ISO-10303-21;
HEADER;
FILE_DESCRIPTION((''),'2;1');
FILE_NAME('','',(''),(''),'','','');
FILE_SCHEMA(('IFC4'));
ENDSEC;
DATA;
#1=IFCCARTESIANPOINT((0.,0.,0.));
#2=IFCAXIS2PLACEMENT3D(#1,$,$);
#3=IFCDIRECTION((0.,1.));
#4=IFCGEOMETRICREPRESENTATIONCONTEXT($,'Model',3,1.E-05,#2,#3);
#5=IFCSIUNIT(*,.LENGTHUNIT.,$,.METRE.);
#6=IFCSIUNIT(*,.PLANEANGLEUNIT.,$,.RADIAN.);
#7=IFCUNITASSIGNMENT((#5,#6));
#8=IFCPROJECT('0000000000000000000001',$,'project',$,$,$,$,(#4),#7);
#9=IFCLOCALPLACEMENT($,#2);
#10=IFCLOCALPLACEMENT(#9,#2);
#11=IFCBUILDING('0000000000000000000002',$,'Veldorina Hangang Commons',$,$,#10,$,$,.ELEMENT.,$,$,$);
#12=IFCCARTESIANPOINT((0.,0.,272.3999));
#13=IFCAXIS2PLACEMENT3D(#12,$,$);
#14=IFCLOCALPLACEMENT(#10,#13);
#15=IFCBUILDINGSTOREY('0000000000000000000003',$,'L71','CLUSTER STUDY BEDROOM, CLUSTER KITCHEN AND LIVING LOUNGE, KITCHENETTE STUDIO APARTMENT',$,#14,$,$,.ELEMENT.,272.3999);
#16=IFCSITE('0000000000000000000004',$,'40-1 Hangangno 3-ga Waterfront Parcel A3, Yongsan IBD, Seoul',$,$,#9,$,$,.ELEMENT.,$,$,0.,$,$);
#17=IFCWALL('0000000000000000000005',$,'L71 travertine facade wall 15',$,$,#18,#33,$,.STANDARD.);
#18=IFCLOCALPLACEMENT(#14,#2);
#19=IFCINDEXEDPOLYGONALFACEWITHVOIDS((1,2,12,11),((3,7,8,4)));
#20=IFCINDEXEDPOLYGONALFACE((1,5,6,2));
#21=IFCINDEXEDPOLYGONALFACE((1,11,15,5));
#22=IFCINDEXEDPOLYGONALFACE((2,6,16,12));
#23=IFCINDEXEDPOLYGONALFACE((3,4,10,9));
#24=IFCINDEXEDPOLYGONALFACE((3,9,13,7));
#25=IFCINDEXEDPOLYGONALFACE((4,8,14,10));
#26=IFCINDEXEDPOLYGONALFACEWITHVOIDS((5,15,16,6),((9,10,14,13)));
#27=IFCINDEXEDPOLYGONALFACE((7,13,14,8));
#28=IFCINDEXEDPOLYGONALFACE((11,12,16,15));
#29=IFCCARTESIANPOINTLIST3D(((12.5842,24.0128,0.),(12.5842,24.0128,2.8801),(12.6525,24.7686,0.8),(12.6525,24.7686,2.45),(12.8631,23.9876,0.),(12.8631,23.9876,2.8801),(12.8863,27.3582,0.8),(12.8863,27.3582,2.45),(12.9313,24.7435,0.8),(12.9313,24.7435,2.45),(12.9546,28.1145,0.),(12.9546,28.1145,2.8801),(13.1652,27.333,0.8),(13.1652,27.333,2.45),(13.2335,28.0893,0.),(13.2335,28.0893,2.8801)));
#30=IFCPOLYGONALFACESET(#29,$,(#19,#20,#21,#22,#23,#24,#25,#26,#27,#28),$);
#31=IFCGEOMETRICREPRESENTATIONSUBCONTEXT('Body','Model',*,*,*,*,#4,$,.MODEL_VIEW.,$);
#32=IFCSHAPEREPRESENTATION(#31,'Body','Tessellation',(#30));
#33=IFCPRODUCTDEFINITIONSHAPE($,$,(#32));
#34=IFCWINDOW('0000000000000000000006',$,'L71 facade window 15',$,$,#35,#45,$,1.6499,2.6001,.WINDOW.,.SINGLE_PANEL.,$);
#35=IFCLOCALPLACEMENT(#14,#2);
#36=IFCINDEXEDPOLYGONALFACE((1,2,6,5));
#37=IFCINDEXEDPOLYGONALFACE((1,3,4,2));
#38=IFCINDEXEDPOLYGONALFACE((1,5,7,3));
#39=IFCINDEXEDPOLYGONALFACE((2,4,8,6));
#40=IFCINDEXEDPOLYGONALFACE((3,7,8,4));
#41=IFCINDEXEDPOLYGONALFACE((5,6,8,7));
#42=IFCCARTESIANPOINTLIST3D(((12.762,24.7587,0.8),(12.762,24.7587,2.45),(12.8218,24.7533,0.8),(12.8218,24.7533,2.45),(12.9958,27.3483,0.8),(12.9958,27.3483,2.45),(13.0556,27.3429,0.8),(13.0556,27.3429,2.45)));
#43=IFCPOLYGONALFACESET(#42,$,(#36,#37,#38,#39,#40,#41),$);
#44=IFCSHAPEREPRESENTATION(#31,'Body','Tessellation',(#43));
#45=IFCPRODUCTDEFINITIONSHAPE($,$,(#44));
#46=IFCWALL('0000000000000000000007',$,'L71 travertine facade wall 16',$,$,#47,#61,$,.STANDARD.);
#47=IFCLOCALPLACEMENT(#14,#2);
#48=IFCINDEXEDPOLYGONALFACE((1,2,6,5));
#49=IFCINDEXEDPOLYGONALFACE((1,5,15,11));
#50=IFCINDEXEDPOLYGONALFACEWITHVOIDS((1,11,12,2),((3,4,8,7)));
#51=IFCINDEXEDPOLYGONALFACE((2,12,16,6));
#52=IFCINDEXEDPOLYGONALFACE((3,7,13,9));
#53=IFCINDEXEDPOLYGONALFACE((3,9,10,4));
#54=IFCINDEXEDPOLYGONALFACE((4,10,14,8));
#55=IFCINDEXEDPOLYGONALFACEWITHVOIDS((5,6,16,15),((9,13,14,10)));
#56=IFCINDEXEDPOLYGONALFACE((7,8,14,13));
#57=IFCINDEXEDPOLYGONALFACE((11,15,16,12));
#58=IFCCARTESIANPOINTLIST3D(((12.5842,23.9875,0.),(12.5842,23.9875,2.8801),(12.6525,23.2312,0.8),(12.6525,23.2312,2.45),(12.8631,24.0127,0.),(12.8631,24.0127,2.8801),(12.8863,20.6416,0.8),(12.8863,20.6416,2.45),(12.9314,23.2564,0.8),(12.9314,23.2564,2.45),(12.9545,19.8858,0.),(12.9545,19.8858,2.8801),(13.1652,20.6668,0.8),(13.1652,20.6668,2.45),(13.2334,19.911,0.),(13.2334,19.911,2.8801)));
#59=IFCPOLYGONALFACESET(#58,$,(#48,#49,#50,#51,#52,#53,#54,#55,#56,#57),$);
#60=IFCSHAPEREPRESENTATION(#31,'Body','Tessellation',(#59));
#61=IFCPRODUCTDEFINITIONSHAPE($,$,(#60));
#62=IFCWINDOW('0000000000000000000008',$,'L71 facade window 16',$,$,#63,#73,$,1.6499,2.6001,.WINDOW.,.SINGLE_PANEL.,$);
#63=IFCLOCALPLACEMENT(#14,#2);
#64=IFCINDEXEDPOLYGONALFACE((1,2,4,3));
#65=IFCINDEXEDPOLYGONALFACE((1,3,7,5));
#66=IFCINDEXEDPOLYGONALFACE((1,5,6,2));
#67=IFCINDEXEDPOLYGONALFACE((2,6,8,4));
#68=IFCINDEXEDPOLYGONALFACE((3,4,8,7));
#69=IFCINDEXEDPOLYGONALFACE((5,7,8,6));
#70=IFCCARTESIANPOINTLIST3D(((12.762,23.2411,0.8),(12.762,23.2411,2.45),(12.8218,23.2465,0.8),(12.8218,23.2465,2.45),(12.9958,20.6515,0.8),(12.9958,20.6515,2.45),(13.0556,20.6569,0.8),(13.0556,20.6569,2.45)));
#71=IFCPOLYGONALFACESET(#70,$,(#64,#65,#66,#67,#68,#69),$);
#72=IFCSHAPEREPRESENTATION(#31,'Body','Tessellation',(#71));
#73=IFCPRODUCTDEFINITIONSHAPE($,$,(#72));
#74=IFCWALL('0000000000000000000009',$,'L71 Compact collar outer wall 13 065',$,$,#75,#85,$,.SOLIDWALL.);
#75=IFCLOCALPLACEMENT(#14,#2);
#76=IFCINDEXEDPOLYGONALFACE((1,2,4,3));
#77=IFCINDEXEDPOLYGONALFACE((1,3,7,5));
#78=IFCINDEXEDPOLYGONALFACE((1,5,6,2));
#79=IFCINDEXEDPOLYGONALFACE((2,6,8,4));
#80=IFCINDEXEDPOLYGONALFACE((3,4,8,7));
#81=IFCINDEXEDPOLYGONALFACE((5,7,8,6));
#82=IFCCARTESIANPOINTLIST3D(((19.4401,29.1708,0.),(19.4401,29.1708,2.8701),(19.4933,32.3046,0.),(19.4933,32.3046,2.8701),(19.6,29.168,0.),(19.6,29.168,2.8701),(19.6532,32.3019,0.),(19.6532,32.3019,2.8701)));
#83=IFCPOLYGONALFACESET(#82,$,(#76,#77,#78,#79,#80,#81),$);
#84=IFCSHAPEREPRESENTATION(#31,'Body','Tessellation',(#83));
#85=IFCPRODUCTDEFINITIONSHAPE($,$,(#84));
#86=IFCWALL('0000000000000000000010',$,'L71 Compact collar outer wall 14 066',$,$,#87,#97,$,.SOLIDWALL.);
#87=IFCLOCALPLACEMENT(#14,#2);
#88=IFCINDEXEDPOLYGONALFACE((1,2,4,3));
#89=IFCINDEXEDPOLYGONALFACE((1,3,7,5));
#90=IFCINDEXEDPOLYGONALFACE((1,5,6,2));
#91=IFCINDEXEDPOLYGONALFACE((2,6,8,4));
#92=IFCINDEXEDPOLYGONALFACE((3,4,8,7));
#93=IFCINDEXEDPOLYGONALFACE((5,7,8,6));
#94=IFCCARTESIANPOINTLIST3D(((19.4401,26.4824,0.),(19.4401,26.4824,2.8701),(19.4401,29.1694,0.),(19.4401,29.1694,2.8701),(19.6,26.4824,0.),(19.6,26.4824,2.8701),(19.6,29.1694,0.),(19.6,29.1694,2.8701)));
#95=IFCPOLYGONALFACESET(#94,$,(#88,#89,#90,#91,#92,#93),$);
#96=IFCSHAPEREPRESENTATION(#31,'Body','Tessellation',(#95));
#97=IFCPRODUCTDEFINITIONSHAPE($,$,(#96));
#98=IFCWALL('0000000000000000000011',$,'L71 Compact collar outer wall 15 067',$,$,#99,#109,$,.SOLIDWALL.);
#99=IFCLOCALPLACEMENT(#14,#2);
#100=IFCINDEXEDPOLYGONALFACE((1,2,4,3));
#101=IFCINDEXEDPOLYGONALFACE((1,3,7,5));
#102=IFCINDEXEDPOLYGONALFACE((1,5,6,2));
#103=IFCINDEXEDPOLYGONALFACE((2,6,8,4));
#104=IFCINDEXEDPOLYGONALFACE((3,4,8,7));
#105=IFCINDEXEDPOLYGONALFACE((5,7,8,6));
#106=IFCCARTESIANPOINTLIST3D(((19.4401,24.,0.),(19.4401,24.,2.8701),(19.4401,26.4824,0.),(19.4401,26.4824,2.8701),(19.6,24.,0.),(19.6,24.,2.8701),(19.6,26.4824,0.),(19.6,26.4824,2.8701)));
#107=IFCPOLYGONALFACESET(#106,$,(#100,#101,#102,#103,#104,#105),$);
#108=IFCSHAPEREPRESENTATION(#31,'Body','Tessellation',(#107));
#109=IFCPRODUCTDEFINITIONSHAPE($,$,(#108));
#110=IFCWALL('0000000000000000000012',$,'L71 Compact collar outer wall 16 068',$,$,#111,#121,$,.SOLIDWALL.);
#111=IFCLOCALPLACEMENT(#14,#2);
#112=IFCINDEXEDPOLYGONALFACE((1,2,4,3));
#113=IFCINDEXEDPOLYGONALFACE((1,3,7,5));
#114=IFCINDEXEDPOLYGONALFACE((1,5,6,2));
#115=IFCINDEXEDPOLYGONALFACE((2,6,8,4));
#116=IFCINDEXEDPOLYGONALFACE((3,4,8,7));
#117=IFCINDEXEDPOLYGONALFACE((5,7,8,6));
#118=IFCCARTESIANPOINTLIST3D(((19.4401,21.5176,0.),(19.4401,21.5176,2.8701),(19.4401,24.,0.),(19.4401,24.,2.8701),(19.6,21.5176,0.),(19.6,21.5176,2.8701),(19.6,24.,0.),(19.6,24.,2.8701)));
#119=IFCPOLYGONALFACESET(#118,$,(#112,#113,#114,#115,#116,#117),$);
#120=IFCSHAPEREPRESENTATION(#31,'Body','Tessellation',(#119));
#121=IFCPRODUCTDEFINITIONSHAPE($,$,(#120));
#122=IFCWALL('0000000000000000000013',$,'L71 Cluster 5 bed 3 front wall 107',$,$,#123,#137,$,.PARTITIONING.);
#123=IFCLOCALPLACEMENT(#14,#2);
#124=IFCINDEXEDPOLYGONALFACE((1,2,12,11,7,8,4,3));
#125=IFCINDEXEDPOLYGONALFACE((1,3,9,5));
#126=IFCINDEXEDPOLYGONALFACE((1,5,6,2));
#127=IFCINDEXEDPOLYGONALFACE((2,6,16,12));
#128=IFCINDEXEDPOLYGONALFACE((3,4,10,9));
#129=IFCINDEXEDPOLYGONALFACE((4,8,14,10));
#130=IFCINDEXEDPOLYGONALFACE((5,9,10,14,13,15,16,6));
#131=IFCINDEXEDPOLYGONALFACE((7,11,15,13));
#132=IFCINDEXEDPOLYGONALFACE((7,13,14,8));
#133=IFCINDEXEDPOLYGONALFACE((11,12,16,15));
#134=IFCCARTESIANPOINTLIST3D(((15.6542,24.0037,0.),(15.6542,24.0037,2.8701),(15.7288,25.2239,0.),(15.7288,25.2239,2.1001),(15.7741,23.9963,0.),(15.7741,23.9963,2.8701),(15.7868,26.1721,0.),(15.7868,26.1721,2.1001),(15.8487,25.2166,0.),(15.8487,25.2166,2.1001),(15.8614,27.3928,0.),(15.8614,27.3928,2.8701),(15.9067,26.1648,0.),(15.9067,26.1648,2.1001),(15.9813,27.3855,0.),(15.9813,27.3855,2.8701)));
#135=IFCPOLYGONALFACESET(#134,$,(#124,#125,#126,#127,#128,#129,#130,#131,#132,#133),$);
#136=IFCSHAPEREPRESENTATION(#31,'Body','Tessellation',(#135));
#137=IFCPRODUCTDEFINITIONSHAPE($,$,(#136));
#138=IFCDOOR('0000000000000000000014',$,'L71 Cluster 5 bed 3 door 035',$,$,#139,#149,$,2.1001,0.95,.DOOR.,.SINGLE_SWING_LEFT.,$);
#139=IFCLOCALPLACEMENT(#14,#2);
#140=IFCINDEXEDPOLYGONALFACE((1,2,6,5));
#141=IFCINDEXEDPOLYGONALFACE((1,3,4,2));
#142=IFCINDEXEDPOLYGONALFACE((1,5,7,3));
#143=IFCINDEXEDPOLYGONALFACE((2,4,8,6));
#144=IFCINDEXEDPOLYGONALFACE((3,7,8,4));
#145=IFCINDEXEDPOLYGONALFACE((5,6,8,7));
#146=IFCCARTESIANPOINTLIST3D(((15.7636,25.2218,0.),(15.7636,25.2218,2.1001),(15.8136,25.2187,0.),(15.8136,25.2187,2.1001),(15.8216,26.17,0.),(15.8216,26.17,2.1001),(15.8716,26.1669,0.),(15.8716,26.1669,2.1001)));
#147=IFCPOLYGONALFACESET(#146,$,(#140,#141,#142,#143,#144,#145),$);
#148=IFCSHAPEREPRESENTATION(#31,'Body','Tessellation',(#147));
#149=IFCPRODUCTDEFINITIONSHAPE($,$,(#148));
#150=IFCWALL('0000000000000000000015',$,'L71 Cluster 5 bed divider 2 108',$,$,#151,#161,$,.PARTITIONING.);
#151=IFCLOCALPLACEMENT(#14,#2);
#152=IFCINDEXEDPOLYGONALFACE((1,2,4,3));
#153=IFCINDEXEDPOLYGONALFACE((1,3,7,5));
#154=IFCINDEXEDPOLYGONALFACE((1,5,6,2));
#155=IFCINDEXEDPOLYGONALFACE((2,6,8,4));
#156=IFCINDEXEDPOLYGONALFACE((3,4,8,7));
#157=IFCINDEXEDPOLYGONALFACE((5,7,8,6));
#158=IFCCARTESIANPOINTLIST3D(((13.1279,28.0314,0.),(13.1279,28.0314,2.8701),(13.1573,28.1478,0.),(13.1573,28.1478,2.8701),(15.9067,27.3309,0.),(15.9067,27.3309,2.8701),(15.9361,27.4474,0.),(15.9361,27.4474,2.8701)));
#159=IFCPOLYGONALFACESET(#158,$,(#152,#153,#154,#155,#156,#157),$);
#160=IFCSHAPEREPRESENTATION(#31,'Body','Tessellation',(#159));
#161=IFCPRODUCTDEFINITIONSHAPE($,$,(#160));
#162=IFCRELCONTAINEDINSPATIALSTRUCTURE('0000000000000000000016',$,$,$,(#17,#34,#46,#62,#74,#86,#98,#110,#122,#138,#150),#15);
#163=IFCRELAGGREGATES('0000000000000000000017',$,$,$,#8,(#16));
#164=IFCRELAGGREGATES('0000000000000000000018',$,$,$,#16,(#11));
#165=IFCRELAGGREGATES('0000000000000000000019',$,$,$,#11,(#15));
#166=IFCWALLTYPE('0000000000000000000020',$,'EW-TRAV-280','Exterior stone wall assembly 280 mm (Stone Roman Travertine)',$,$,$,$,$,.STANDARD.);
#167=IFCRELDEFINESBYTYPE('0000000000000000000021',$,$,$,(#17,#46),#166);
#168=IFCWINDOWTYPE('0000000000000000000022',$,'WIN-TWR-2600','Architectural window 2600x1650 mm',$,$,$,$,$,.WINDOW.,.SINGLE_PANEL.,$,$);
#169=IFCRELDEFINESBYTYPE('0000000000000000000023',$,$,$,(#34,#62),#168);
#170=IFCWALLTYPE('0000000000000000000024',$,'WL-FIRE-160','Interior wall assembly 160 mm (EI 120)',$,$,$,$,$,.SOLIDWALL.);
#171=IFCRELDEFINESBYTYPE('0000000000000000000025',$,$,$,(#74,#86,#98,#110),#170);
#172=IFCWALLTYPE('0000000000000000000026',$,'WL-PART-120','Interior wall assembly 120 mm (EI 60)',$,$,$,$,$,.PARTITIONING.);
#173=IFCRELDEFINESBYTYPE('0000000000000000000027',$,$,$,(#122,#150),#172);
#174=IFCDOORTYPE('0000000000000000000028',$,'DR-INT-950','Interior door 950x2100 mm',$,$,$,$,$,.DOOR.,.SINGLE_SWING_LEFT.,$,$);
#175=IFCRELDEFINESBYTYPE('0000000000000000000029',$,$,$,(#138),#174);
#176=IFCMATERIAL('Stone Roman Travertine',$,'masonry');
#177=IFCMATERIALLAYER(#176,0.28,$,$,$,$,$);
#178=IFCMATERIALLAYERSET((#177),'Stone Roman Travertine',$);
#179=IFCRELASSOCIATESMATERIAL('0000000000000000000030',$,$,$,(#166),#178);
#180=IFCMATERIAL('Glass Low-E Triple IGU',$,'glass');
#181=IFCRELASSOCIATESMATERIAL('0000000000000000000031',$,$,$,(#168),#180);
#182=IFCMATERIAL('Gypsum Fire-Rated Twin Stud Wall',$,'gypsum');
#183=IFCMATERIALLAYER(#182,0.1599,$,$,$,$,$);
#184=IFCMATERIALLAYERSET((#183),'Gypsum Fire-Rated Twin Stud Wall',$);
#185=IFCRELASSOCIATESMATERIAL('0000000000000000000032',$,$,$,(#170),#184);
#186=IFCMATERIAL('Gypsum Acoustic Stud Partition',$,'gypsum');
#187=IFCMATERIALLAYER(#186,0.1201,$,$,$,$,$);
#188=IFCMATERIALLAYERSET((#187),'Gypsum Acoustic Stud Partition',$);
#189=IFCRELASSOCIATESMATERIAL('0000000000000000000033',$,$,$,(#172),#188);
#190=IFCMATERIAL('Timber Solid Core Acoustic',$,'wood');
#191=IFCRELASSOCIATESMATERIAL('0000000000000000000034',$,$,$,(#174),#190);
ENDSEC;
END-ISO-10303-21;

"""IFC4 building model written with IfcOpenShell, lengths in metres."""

from ifc_helpers import new_model, si_unit, direction, frame, frame_2d, origin, place, context, subcontext, project, spatial, rectangle, extrude, material, layer, layer_set, type_object, element, fill, save


model = new_model("IFC4")

# Units and contexts
model_context = context("Model", 3, precision=1e-05, world=origin(), true_north=direction((0.0, 1.0)))
body_context = subcontext(model_context, "Body", "Model", "MODEL_VIEW")
ifc_project = project(units=[si_unit("LENGTHUNIT", "METRE"), si_unit("PLANEANGLEUNIT", "RADIAN")], contexts=[model_context])

# Site, building, storey
site_placement = place(None, origin())
site = spatial("IfcSite", under=ifc_project, at=site_placement, Name="40-1 Hangangno 3-ga Waterfront Parcel A3, Yongsan IBD, Seoul", CompositionType="ELEMENT", RefElevation=0.0)
building_placement = place(site_placement, origin())
building = spatial("IfcBuilding", under=site, at=building_placement, Name="Veldorina Hangang Commons", CompositionType="ELEMENT")
storey_placement = place(building_placement, frame((0.0, 0.0, 272.3999)))
storey = spatial("IfcBuildingStorey", under=building, at=storey_placement, Name="L71", Description="CLUSTER STUDY BEDROOM, CLUSTER KITCHEN AND LIVING LOUNGE, KITCHENETTE STUDIO APARTMENT", CompositionType="ELEMENT", Elevation=272.3999)

# Walls, openings, windows
ifc_material_1 = material(Name="Stone Roman Travertine", Category="masonry")
ifc_layer_1 = layer(ifc_material_1, 0.28)
ifc_layer_set_1 = layer_set([ifc_layer_1], Name="Stone Roman Travertine")
wall_type_1 = type_object("IfcWallType", Name="EW-TRAV-280", Description="Exterior stone wall assembly 280 mm (Stone Roman Travertine)", PredefinedType="STANDARD", material=ifc_layer_set_1)
ifc_material_2 = material(Name="Glass Low-E Triple IGU", Category="glass")
window_type = type_object("IfcWindowType", Name="WIN-TWR-2600", Description="Architectural window 2600x1650 mm", PartitioningType="SINGLE_PANEL", PredefinedType="WINDOW", material=ifc_material_2)
wall_1_placement = place(storey_placement, frame((13.094, 28.1018, 0.0), z_axis=(0.0, 0.0, 1.0), x_axis=(-0.089926, -0.995948, 0.0)))
wall_1 = element("IfcWall", 1, at=wall_1_placement, inside=storey, type_object=wall_type_1, Name="L71 travertine facade wall 15", PredefinedType="STANDARD", context=body_context, shape_type="SweptSolid", body=[
    extrude(rectangle(XDim=4.1184, YDim=0.28, at=frame_2d((2.0591, 0.0))), origin(), (0.0, 0.0, 1.0), 2.8801),
])
opening_1_placement = place(wall_1_placement, frame((0.7593, 0.0, 0.8)))
opening_1 = element("IfcOpeningElement", 2, at=opening_1_placement, cuts=wall_1, PredefinedType="OPENING", context=body_context, shape_type="SweptSolid", body=[
    extrude(rectangle(XDim=2.6001, YDim=1.6499, at=frame_2d((1.3, 0.825))), frame((0.0, 0.1499, 0.0), z_axis=(0.0, -1.0, 0.0), x_axis=(1.0, 0.0, 0.0)), (0.0, 0.0, 1.0), 0.3),
])
window_1_placement = place(opening_1_placement, origin())
window_1 = element("IfcWindow", 3, at=window_1_placement, inside=storey, type_object=window_type, Name="L71 facade window 15", OverallHeight=1.6499, OverallWidth=2.6001, PartitioningType="SINGLE_PANEL", PredefinedType="WINDOW", context=body_context, shape_type="SweptSolid", body=[
    extrude(rectangle(XDim=2.6001, YDim=1.6499, at=frame_2d((1.3, 0.825))), frame((0.0, 0.03, 0.0), z_axis=(0.0, -1.0, 0.0), x_axis=(1.0, 0.0, 0.0)), (0.0, 0.0, 1.0), 0.0601),
])
fill(opening_1, window_1)
wall_2_placement = place(storey_placement, frame((12.7236, 24.0, 0.0), z_axis=(0.0, 0.0, 1.0), x_axis=(0.089926, -0.995948, 0.0)))
wall_2 = element("IfcWall", 4, at=wall_2_placement, inside=storey, type_object=wall_type_1, Name="L71 travertine facade wall 16", PredefinedType="STANDARD", context=body_context, shape_type="SweptSolid", body=[
    extrude(rectangle(XDim=4.1184, YDim=0.28, at=frame_2d((2.0591, 0.0))), origin(), (0.0, 0.0, 1.0), 2.8801),
])
opening_2_placement = place(wall_2_placement, frame((0.7593, 0.0, 0.8)))
opening_2 = element("IfcOpeningElement", 5, at=opening_2_placement, cuts=wall_2, PredefinedType="OPENING", context=body_context, shape_type="SweptSolid", body=[
    extrude(rectangle(XDim=2.6001, YDim=1.6499, at=frame_2d((1.3, 0.825))), frame((0.0, 0.1499, 0.0), z_axis=(0.0, -1.0, 0.0), x_axis=(1.0, 0.0, 0.0)), (0.0, 0.0, 1.0), 0.3),
])
window_2_placement = place(opening_2_placement, origin())
window_2 = element("IfcWindow", 6, at=window_2_placement, inside=storey, type_object=window_type, Name="L71 facade window 16", OverallHeight=1.6499, OverallWidth=2.6001, PartitioningType="SINGLE_PANEL", PredefinedType="WINDOW", context=body_context, shape_type="SweptSolid", body=[
    extrude(rectangle(XDim=2.6001, YDim=1.6499, at=frame_2d((1.3, 0.825))), frame((0.0, 0.03, 0.0), z_axis=(0.0, -1.0, 0.0), x_axis=(1.0, 0.0, 0.0)), (0.0, 0.0, 1.0), 0.0601),
])
fill(opening_2, window_2)

# Walls
ifc_material_3 = material(Name="Gypsum Fire-Rated Twin Stud Wall", Category="gypsum")
ifc_layer_2 = layer(ifc_material_3, 0.1599)
ifc_layer_set_2 = layer_set([ifc_layer_2], Name="Gypsum Fire-Rated Twin Stud Wall")
wall_type_2 = type_object("IfcWallType", Name="WL-FIRE-160", Description="Interior wall assembly 160 mm (EI 120)", PredefinedType="SOLIDWALL", material=ifc_layer_set_2)
wall_3_placement = place(storey_placement, frame((19.5732, 32.3032, 0.0), z_axis=(0.0, 0.0, 1.0), x_axis=(-0.016981, -0.999856, 0.0)))
element("IfcWall", 7, at=wall_3_placement, inside=storey, type_object=wall_type_2, Name="L71 Compact collar outer wall 13 065", PredefinedType="SOLIDWALL", context=body_context, shape_type="SweptSolid", body=[
    extrude(rectangle(XDim=3.1343, YDim=0.1599, at=frame_2d((1.5671, 0.0))), origin(), (0.0, 0.0, 1.0), 2.8701),
])
wall_4_placement = place(storey_placement, frame((19.52, 29.1694, 0.0), z_axis=(0.0, 0.0, 1.0), x_axis=(0.0, -1.0, 0.0)))
element("IfcWall", 8, at=wall_4_placement, inside=storey, type_object=wall_type_2, Name="L71 Compact collar outer wall 14 066", PredefinedType="SOLIDWALL", context=body_context, shape_type="SweptSolid", body=[
    extrude(rectangle(XDim=2.687, YDim=0.1599, at=frame_2d((1.3435, 0.0))), origin(), (0.0, 0.0, 1.0), 2.8701),
])
for number, where, z_axis, x_axis, name in (
    (9, (19.52, 26.4824, 0.0), (0.0, 0.0, 1.0), (0.0, -1.0, 0.0), "L71 Compact collar outer wall 15 067"),
    (10, (19.52, 24.0, 0.0), (0.0, 0.0, 1.0), (0.0, -1.0, 0.0), "L71 Compact collar outer wall 16 068"),
):
    element("IfcWall", number, at=place(storey_placement, frame(where, z_axis=z_axis, x_axis=x_axis)), inside=storey, type_object=wall_type_2, Name=name, PredefinedType="SOLIDWALL", context=body_context, shape_type="SweptSolid", body=[
        extrude(rectangle(XDim=2.4824, YDim=0.1599, at=frame_2d((1.2412, 0.0))), origin(), (0.0, 0.0, 1.0), 2.8701),
    ])

# Wall, opening, door
ifc_material_4 = material(Name="Gypsum Acoustic Stud Partition", Category="gypsum")
ifc_layer_3 = layer(ifc_material_4, 0.1201)
ifc_layer_set_3 = layer_set([ifc_layer_3], Name="Gypsum Acoustic Stud Partition")
wall_type_3 = type_object("IfcWallType", Name="WL-PART-120", Description="Interior wall assembly 120 mm (EI 60)", PredefinedType="PARTITIONING", material=ifc_layer_set_3)
wall_5_placement = place(storey_placement, frame((15.9214, 27.3892, 0.0), z_axis=(0.0, 0.0, 1.0), x_axis=(-0.061044, -0.998135, 0.0)))
wall_5 = element("IfcWall", 11, at=wall_5_placement, inside=storey, type_object=wall_type_3, Name="L71 Cluster 5 bed 3 front wall 107", PredefinedType="PARTITIONING", context=body_context, shape_type="SweptSolid", body=[
    extrude(rectangle(XDim=3.3955, YDim=0.1201, at=frame_2d((1.6978, 0.0))), origin(), (0.0, 0.0, 1.0), 2.8701),
])
opening_3_placement = place(wall_5_placement, frame((1.2229, 0.0, 0.0)))
opening_3 = element("IfcOpeningElement", 12, at=opening_3_placement, cuts=wall_5, PredefinedType="OPENING", context=body_context, shape_type="SweptSolid", body=[
    extrude(rectangle(XDim=0.95, YDim=2.1001, at=frame_2d((0.4751, 1.05))), frame((0.0, 0.0701, 0.0), z_axis=(0.0, -1.0, 0.0), x_axis=(1.0, 0.0, 0.0)), (0.0, 0.0, 1.0), 0.1401),
])
ifc_material_5 = material(Name="Timber Solid Core Acoustic", Category="wood")
door_type = type_object("IfcDoorType", Name="DR-INT-950", Description="Interior door 950x2100 mm", OperationType="SINGLE_SWING_LEFT", PredefinedType="DOOR", material=ifc_material_5)
door_1_placement = place(opening_3_placement, origin())
door_1 = element("IfcDoor", 13, at=door_1_placement, inside=storey, type_object=door_type, Name="L71 Cluster 5 bed 3 door 035", OperationType="SINGLE_SWING_LEFT", OverallHeight=2.1001, OverallWidth=0.95, PredefinedType="DOOR", context=body_context, shape_type="SweptSolid", body=[
    extrude(rectangle(XDim=0.95, YDim=2.1001, at=frame_2d((0.4751, 1.05))), frame((0.0, 0.0249, 0.0), z_axis=(0.0, -1.0, 0.0), x_axis=(1.0, 0.0, 0.0)), (0.0, 0.0, 1.0), 0.05),
])
fill(opening_3, door_1)

# Wall
wall_6_placement = place(storey_placement, frame((15.9214, 27.3892, 0.0), z_axis=(0.0, 0.0, 1.0), x_axis=(-0.96967, 0.244419, 0.0)))
element("IfcWall", 14, at=wall_6_placement, inside=storey, type_object=wall_type_3, Name="L71 Cluster 5 bed divider 2 108", PredefinedType="PARTITIONING", context=body_context, shape_type="SweptSolid", body=[
    extrude(rectangle(XDim=2.8657, YDim=0.1201, at=frame_2d((1.4329, 0.0))), origin(), (0.0, 0.0, 1.0), 2.8701),
])

save(model, "model.ifc")
